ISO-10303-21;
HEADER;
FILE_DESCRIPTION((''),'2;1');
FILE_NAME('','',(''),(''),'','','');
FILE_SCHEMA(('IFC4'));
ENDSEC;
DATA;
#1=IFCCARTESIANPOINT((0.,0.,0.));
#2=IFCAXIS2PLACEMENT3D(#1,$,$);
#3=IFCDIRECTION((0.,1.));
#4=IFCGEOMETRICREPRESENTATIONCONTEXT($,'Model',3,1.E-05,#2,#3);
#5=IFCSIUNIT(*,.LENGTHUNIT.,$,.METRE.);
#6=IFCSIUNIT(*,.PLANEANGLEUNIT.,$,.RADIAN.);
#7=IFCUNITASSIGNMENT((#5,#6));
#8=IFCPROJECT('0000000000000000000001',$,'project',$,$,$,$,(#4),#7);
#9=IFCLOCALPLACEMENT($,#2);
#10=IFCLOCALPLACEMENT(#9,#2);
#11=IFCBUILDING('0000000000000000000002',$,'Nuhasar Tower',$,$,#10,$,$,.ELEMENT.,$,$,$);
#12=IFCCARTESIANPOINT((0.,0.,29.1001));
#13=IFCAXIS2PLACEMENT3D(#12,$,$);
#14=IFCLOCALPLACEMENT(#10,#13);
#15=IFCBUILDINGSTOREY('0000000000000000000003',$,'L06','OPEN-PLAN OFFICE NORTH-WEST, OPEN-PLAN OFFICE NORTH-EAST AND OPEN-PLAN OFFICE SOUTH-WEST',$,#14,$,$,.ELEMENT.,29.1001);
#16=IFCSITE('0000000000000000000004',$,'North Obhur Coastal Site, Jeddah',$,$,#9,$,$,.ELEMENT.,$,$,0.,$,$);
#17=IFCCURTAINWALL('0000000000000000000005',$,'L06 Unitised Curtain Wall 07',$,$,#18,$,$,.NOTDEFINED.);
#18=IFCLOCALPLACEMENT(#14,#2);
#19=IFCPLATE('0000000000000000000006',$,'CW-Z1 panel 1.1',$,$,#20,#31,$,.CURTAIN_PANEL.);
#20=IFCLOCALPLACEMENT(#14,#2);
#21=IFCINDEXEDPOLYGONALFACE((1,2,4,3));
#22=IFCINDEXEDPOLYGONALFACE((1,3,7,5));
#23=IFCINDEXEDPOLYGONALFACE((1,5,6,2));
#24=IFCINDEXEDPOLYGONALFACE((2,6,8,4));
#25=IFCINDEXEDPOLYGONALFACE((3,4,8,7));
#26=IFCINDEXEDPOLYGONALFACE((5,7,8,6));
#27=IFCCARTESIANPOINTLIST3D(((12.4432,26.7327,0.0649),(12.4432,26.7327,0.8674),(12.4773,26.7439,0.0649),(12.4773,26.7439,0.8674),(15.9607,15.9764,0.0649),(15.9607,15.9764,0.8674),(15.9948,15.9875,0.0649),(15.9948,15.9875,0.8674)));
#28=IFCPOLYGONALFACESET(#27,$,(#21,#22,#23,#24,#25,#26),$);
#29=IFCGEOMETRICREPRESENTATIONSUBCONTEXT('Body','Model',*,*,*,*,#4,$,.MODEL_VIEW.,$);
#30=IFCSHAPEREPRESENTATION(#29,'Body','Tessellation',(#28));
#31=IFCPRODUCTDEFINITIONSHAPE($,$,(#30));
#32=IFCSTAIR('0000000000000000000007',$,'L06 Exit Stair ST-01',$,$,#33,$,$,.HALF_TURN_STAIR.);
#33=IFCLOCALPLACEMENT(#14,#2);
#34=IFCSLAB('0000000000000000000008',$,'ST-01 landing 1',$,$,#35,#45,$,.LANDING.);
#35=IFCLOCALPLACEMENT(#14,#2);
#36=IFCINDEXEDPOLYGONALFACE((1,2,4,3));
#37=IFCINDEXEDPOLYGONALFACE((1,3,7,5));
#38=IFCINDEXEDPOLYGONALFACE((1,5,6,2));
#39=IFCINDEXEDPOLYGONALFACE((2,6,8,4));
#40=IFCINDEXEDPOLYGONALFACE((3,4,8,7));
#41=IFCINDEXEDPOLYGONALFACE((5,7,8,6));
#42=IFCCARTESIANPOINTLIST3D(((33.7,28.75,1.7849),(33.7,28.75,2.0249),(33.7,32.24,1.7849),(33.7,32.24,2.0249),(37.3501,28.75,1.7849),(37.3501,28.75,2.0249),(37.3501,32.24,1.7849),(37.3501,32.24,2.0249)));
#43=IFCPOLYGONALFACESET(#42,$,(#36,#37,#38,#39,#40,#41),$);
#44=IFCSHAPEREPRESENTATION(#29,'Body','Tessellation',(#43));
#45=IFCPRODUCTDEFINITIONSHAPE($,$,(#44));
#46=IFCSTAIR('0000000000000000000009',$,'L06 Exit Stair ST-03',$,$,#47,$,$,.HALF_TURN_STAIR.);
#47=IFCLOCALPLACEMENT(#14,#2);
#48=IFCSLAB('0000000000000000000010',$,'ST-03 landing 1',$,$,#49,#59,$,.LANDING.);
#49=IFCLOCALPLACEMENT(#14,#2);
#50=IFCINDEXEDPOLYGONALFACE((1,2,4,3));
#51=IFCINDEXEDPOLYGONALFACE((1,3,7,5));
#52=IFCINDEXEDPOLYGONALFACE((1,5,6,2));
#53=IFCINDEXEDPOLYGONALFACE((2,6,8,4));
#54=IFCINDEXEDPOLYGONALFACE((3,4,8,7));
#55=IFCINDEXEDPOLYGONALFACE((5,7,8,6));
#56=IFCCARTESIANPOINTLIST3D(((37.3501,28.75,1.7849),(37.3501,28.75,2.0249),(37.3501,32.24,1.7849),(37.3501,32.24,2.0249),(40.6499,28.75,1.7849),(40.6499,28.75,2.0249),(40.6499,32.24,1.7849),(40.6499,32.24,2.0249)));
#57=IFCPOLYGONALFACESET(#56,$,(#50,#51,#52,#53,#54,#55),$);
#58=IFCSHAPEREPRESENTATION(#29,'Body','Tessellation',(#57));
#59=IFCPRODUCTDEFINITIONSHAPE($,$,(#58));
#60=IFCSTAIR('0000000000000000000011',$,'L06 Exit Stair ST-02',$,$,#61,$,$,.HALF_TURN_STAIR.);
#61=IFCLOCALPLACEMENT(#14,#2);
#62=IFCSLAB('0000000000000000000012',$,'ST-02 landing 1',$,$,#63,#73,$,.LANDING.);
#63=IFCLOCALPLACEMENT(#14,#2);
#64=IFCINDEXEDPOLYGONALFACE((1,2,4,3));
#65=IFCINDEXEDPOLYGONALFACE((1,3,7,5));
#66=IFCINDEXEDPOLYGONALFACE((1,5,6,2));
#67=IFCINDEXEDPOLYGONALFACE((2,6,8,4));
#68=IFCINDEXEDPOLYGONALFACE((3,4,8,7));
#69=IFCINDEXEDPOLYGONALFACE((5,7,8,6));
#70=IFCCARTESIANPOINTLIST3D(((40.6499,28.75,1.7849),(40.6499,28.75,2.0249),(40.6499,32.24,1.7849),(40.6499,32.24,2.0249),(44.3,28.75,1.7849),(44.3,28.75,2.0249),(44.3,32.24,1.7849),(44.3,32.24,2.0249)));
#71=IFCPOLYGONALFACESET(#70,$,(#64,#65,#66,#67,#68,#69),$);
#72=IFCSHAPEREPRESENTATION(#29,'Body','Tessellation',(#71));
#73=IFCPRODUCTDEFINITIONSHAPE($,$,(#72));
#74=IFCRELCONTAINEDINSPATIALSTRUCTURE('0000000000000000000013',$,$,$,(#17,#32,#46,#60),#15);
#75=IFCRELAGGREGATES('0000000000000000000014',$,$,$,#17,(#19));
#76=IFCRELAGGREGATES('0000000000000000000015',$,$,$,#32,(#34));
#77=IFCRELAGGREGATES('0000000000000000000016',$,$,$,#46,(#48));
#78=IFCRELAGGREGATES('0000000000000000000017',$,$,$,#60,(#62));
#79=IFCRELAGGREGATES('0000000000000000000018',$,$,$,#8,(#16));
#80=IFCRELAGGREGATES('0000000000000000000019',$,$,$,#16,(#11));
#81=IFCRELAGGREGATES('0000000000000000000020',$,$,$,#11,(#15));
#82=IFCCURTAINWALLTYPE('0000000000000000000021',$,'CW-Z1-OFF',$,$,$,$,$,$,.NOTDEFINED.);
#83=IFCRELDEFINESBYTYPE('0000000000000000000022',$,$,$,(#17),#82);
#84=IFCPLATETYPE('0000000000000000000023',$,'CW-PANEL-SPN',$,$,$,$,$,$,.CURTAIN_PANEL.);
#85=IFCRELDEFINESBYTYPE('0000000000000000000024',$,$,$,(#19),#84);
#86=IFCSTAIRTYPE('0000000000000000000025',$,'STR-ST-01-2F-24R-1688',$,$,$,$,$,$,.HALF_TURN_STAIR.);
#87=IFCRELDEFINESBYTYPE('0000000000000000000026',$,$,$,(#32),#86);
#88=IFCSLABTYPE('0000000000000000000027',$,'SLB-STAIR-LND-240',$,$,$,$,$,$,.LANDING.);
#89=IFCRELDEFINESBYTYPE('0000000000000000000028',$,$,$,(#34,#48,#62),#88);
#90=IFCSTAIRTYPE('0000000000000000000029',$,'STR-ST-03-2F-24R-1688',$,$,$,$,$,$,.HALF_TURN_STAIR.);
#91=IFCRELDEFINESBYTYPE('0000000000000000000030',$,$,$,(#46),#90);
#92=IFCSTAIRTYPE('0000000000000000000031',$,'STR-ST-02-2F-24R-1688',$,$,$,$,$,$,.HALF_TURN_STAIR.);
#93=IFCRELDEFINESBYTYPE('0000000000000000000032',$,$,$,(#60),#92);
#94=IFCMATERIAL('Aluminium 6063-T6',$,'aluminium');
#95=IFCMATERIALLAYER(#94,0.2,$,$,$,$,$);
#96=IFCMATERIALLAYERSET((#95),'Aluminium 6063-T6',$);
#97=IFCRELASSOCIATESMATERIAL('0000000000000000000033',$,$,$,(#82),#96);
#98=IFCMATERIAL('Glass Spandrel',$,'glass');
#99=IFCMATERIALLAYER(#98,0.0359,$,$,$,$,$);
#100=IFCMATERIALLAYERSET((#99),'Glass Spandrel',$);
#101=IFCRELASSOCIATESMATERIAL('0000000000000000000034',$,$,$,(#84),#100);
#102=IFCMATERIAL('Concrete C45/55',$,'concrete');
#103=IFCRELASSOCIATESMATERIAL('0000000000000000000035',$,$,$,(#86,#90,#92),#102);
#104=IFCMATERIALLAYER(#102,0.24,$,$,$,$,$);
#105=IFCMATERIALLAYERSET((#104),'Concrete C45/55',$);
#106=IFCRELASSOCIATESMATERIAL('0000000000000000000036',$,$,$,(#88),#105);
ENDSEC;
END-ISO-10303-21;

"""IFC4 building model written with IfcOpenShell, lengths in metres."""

from ifc_helpers import new_model, si_unit, direction, frame, origin, origin_2d, place, context, subcontext, project, spatial, polyline, rectangle, outline, extrude, material, layer, layer_set, type_object, element, aggregate, save


model = new_model("IFC4")

# Units and contexts
model_context = context("Model", 3, precision=1e-05, world=origin(), true_north=direction((0.0, 1.0)))
body_context = subcontext(model_context, "Body", "Model", "MODEL_VIEW")
ifc_project = project(units=[si_unit("LENGTHUNIT", "METRE"), si_unit("PLANEANGLEUNIT", "RADIAN")], contexts=[model_context])

# Site, building, storey
site_placement = place(None, origin())
site = spatial("IfcSite", under=ifc_project, at=site_placement, Name="North Obhur Coastal Site, Jeddah", CompositionType="ELEMENT", RefElevation=0.0)
building_placement = place(site_placement, origin())
building = spatial("IfcBuilding", under=site, at=building_placement, Name="Nuhasar Tower", CompositionType="ELEMENT")
storey_placement = place(building_placement, frame((0.0, 0.0, 29.1001)))
storey = spatial("IfcBuildingStorey", under=building, at=storey_placement, Name="L06", Description="OPEN-PLAN OFFICE NORTH-WEST, OPEN-PLAN OFFICE NORTH-EAST AND OPEN-PLAN OFFICE SOUTH-WEST", CompositionType="ELEMENT", Elevation=29.1001)

# Curtain wall
ifc_material_1 = material(Name="Aluminium 6063-T6", Category="aluminium")
ifc_layer_1 = layer(ifc_material_1, 0.2)
ifc_layer_set_1 = layer_set([ifc_layer_1], Name="Aluminium 6063-T6")
curtain_wall_type = type_object("IfcCurtainWallType", Name="CW-Z1-OFF", PredefinedType="NOTDEFINED", material=ifc_layer_set_1)
curtain_wall_1_placement = place(storey_placement, origin())
curtain_wall_1 = element("IfcCurtainWall", 1, at=curtain_wall_1_placement, inside=storey, type_object=curtain_wall_type, Name="L06 Unitised Curtain Wall 07", PredefinedType="NOTDEFINED")

# Plate
ifc_material_2 = material(Name="Glass Spandrel", Category="glass")
ifc_layer_2 = layer(ifc_material_2, 0.0359)
ifc_layer_set_2 = layer_set([ifc_layer_2], Name="Glass Spandrel")
plate_type_1 = type_object("IfcPlateType", Name="CW-PANEL-SPN", PredefinedType="CURTAIN_PANEL", material=ifc_layer_set_2)
plate_1_placement = place(storey_placement, frame((14.219, 21.3601, 0.0649), z_axis=(0.0, 0.0, 1.0), x_axis=(0.310824, -0.950468, 0.0)))
plate_1 = element("IfcPlate", 2, at=plate_1_placement, type_object=plate_type_1, Name="CW-Z1 panel 1.1", PredefinedType="CURTAIN_PANEL", context=body_context, shape_type="SweptSolid", body=[
    extrude(rectangle(XDim=11.3169, YDim=0.0359, at=origin_2d()), origin(), (0.0, 0.0, 1.0), 0.8025),
])
aggregate(curtain_wall_1, [plate_1])

# Stairs, slabs
ifc_material_3 = material(Name="Concrete C45/55", Category="concrete")
stair_type_1 = type_object("IfcStairType", Name="STR-ST-01-2F-24R-1688", PredefinedType="HALF_TURN_STAIR", material=ifc_material_3)
stair_1_placement = place(storey_placement, origin())
stair_1 = element("IfcStair", 3, at=stair_1_placement, inside=storey, type_object=stair_type_1, Name="L06 Exit Stair ST-01", PredefinedType="HALF_TURN_STAIR")
ifc_layer_3 = layer(ifc_material_3, 0.24)
ifc_layer_set_3 = layer_set([ifc_layer_3], Name="Concrete C45/55")
slab_type_1 = type_object("IfcSlabType", Name="SLB-STAIR-LND-240", PredefinedType="LANDING", material=ifc_layer_set_3)
slab_1_placement = place(storey_placement, frame((0.0, 0.0, 1.7849)))
slab_1 = element("IfcSlab", 4, at=slab_1_placement, type_object=slab_type_1, Name="ST-01 landing 1", PredefinedType="LANDING", context=body_context, shape_type="SweptSolid", body=[
    extrude(outline(polyline([(33.7, 28.75), (37.3501, 28.75), (37.3501, 32.24), (33.7, 32.24), (33.7, 28.75)])), origin(), (0.0, 0.0, 1.0), 0.24),
])
aggregate(stair_1, [slab_1])
stair_type_2 = type_object("IfcStairType", Name="STR-ST-03-2F-24R-1688", PredefinedType="HALF_TURN_STAIR", material=ifc_material_3)
stair_2_placement = place(storey_placement, origin())
stair_2 = element("IfcStair", 5, at=stair_2_placement, inside=storey, type_object=stair_type_2, Name="L06 Exit Stair ST-03", PredefinedType="HALF_TURN_STAIR")
slab_2_placement = place(storey_placement, frame((0.0, 0.0, 1.7849)))
slab_2 = element("IfcSlab", 6, at=slab_2_placement, type_object=slab_type_1, Name="ST-03 landing 1", PredefinedType="LANDING", context=body_context, shape_type="SweptSolid", body=[
    extrude(outline(polyline([(37.3501, 28.75), (40.6499, 28.75), (40.6499, 32.24), (37.3501, 32.24), (37.3501, 28.75)])), origin(), (0.0, 0.0, 1.0), 0.24),
])
aggregate(stair_2, [slab_2])
stair_type_3 = type_object("IfcStairType", Name="STR-ST-02-2F-24R-1688", PredefinedType="HALF_TURN_STAIR", material=ifc_material_3)
stair_3_placement = place(storey_placement, origin())
stair_3 = element("IfcStair", 7, at=stair_3_placement, inside=storey, type_object=stair_type_3, Name="L06 Exit Stair ST-02", PredefinedType="HALF_TURN_STAIR")
slab_3_placement = place(storey_placement, frame((0.0, 0.0, 1.7849)))
slab_3 = element("IfcSlab", 8, at=slab_3_placement, type_object=slab_type_1, Name="ST-02 landing 1", PredefinedType="LANDING", context=body_context, shape_type="SweptSolid", body=[
    extrude(outline(polyline([(40.6499, 28.75), (44.3, 28.75), (44.3, 32.24), (40.6499, 32.24), (40.6499, 28.75)])), origin(), (0.0, 0.0, 1.0), 0.24),
])
aggregate(stair_3, [slab_3])

save(model, "model.ifc")
